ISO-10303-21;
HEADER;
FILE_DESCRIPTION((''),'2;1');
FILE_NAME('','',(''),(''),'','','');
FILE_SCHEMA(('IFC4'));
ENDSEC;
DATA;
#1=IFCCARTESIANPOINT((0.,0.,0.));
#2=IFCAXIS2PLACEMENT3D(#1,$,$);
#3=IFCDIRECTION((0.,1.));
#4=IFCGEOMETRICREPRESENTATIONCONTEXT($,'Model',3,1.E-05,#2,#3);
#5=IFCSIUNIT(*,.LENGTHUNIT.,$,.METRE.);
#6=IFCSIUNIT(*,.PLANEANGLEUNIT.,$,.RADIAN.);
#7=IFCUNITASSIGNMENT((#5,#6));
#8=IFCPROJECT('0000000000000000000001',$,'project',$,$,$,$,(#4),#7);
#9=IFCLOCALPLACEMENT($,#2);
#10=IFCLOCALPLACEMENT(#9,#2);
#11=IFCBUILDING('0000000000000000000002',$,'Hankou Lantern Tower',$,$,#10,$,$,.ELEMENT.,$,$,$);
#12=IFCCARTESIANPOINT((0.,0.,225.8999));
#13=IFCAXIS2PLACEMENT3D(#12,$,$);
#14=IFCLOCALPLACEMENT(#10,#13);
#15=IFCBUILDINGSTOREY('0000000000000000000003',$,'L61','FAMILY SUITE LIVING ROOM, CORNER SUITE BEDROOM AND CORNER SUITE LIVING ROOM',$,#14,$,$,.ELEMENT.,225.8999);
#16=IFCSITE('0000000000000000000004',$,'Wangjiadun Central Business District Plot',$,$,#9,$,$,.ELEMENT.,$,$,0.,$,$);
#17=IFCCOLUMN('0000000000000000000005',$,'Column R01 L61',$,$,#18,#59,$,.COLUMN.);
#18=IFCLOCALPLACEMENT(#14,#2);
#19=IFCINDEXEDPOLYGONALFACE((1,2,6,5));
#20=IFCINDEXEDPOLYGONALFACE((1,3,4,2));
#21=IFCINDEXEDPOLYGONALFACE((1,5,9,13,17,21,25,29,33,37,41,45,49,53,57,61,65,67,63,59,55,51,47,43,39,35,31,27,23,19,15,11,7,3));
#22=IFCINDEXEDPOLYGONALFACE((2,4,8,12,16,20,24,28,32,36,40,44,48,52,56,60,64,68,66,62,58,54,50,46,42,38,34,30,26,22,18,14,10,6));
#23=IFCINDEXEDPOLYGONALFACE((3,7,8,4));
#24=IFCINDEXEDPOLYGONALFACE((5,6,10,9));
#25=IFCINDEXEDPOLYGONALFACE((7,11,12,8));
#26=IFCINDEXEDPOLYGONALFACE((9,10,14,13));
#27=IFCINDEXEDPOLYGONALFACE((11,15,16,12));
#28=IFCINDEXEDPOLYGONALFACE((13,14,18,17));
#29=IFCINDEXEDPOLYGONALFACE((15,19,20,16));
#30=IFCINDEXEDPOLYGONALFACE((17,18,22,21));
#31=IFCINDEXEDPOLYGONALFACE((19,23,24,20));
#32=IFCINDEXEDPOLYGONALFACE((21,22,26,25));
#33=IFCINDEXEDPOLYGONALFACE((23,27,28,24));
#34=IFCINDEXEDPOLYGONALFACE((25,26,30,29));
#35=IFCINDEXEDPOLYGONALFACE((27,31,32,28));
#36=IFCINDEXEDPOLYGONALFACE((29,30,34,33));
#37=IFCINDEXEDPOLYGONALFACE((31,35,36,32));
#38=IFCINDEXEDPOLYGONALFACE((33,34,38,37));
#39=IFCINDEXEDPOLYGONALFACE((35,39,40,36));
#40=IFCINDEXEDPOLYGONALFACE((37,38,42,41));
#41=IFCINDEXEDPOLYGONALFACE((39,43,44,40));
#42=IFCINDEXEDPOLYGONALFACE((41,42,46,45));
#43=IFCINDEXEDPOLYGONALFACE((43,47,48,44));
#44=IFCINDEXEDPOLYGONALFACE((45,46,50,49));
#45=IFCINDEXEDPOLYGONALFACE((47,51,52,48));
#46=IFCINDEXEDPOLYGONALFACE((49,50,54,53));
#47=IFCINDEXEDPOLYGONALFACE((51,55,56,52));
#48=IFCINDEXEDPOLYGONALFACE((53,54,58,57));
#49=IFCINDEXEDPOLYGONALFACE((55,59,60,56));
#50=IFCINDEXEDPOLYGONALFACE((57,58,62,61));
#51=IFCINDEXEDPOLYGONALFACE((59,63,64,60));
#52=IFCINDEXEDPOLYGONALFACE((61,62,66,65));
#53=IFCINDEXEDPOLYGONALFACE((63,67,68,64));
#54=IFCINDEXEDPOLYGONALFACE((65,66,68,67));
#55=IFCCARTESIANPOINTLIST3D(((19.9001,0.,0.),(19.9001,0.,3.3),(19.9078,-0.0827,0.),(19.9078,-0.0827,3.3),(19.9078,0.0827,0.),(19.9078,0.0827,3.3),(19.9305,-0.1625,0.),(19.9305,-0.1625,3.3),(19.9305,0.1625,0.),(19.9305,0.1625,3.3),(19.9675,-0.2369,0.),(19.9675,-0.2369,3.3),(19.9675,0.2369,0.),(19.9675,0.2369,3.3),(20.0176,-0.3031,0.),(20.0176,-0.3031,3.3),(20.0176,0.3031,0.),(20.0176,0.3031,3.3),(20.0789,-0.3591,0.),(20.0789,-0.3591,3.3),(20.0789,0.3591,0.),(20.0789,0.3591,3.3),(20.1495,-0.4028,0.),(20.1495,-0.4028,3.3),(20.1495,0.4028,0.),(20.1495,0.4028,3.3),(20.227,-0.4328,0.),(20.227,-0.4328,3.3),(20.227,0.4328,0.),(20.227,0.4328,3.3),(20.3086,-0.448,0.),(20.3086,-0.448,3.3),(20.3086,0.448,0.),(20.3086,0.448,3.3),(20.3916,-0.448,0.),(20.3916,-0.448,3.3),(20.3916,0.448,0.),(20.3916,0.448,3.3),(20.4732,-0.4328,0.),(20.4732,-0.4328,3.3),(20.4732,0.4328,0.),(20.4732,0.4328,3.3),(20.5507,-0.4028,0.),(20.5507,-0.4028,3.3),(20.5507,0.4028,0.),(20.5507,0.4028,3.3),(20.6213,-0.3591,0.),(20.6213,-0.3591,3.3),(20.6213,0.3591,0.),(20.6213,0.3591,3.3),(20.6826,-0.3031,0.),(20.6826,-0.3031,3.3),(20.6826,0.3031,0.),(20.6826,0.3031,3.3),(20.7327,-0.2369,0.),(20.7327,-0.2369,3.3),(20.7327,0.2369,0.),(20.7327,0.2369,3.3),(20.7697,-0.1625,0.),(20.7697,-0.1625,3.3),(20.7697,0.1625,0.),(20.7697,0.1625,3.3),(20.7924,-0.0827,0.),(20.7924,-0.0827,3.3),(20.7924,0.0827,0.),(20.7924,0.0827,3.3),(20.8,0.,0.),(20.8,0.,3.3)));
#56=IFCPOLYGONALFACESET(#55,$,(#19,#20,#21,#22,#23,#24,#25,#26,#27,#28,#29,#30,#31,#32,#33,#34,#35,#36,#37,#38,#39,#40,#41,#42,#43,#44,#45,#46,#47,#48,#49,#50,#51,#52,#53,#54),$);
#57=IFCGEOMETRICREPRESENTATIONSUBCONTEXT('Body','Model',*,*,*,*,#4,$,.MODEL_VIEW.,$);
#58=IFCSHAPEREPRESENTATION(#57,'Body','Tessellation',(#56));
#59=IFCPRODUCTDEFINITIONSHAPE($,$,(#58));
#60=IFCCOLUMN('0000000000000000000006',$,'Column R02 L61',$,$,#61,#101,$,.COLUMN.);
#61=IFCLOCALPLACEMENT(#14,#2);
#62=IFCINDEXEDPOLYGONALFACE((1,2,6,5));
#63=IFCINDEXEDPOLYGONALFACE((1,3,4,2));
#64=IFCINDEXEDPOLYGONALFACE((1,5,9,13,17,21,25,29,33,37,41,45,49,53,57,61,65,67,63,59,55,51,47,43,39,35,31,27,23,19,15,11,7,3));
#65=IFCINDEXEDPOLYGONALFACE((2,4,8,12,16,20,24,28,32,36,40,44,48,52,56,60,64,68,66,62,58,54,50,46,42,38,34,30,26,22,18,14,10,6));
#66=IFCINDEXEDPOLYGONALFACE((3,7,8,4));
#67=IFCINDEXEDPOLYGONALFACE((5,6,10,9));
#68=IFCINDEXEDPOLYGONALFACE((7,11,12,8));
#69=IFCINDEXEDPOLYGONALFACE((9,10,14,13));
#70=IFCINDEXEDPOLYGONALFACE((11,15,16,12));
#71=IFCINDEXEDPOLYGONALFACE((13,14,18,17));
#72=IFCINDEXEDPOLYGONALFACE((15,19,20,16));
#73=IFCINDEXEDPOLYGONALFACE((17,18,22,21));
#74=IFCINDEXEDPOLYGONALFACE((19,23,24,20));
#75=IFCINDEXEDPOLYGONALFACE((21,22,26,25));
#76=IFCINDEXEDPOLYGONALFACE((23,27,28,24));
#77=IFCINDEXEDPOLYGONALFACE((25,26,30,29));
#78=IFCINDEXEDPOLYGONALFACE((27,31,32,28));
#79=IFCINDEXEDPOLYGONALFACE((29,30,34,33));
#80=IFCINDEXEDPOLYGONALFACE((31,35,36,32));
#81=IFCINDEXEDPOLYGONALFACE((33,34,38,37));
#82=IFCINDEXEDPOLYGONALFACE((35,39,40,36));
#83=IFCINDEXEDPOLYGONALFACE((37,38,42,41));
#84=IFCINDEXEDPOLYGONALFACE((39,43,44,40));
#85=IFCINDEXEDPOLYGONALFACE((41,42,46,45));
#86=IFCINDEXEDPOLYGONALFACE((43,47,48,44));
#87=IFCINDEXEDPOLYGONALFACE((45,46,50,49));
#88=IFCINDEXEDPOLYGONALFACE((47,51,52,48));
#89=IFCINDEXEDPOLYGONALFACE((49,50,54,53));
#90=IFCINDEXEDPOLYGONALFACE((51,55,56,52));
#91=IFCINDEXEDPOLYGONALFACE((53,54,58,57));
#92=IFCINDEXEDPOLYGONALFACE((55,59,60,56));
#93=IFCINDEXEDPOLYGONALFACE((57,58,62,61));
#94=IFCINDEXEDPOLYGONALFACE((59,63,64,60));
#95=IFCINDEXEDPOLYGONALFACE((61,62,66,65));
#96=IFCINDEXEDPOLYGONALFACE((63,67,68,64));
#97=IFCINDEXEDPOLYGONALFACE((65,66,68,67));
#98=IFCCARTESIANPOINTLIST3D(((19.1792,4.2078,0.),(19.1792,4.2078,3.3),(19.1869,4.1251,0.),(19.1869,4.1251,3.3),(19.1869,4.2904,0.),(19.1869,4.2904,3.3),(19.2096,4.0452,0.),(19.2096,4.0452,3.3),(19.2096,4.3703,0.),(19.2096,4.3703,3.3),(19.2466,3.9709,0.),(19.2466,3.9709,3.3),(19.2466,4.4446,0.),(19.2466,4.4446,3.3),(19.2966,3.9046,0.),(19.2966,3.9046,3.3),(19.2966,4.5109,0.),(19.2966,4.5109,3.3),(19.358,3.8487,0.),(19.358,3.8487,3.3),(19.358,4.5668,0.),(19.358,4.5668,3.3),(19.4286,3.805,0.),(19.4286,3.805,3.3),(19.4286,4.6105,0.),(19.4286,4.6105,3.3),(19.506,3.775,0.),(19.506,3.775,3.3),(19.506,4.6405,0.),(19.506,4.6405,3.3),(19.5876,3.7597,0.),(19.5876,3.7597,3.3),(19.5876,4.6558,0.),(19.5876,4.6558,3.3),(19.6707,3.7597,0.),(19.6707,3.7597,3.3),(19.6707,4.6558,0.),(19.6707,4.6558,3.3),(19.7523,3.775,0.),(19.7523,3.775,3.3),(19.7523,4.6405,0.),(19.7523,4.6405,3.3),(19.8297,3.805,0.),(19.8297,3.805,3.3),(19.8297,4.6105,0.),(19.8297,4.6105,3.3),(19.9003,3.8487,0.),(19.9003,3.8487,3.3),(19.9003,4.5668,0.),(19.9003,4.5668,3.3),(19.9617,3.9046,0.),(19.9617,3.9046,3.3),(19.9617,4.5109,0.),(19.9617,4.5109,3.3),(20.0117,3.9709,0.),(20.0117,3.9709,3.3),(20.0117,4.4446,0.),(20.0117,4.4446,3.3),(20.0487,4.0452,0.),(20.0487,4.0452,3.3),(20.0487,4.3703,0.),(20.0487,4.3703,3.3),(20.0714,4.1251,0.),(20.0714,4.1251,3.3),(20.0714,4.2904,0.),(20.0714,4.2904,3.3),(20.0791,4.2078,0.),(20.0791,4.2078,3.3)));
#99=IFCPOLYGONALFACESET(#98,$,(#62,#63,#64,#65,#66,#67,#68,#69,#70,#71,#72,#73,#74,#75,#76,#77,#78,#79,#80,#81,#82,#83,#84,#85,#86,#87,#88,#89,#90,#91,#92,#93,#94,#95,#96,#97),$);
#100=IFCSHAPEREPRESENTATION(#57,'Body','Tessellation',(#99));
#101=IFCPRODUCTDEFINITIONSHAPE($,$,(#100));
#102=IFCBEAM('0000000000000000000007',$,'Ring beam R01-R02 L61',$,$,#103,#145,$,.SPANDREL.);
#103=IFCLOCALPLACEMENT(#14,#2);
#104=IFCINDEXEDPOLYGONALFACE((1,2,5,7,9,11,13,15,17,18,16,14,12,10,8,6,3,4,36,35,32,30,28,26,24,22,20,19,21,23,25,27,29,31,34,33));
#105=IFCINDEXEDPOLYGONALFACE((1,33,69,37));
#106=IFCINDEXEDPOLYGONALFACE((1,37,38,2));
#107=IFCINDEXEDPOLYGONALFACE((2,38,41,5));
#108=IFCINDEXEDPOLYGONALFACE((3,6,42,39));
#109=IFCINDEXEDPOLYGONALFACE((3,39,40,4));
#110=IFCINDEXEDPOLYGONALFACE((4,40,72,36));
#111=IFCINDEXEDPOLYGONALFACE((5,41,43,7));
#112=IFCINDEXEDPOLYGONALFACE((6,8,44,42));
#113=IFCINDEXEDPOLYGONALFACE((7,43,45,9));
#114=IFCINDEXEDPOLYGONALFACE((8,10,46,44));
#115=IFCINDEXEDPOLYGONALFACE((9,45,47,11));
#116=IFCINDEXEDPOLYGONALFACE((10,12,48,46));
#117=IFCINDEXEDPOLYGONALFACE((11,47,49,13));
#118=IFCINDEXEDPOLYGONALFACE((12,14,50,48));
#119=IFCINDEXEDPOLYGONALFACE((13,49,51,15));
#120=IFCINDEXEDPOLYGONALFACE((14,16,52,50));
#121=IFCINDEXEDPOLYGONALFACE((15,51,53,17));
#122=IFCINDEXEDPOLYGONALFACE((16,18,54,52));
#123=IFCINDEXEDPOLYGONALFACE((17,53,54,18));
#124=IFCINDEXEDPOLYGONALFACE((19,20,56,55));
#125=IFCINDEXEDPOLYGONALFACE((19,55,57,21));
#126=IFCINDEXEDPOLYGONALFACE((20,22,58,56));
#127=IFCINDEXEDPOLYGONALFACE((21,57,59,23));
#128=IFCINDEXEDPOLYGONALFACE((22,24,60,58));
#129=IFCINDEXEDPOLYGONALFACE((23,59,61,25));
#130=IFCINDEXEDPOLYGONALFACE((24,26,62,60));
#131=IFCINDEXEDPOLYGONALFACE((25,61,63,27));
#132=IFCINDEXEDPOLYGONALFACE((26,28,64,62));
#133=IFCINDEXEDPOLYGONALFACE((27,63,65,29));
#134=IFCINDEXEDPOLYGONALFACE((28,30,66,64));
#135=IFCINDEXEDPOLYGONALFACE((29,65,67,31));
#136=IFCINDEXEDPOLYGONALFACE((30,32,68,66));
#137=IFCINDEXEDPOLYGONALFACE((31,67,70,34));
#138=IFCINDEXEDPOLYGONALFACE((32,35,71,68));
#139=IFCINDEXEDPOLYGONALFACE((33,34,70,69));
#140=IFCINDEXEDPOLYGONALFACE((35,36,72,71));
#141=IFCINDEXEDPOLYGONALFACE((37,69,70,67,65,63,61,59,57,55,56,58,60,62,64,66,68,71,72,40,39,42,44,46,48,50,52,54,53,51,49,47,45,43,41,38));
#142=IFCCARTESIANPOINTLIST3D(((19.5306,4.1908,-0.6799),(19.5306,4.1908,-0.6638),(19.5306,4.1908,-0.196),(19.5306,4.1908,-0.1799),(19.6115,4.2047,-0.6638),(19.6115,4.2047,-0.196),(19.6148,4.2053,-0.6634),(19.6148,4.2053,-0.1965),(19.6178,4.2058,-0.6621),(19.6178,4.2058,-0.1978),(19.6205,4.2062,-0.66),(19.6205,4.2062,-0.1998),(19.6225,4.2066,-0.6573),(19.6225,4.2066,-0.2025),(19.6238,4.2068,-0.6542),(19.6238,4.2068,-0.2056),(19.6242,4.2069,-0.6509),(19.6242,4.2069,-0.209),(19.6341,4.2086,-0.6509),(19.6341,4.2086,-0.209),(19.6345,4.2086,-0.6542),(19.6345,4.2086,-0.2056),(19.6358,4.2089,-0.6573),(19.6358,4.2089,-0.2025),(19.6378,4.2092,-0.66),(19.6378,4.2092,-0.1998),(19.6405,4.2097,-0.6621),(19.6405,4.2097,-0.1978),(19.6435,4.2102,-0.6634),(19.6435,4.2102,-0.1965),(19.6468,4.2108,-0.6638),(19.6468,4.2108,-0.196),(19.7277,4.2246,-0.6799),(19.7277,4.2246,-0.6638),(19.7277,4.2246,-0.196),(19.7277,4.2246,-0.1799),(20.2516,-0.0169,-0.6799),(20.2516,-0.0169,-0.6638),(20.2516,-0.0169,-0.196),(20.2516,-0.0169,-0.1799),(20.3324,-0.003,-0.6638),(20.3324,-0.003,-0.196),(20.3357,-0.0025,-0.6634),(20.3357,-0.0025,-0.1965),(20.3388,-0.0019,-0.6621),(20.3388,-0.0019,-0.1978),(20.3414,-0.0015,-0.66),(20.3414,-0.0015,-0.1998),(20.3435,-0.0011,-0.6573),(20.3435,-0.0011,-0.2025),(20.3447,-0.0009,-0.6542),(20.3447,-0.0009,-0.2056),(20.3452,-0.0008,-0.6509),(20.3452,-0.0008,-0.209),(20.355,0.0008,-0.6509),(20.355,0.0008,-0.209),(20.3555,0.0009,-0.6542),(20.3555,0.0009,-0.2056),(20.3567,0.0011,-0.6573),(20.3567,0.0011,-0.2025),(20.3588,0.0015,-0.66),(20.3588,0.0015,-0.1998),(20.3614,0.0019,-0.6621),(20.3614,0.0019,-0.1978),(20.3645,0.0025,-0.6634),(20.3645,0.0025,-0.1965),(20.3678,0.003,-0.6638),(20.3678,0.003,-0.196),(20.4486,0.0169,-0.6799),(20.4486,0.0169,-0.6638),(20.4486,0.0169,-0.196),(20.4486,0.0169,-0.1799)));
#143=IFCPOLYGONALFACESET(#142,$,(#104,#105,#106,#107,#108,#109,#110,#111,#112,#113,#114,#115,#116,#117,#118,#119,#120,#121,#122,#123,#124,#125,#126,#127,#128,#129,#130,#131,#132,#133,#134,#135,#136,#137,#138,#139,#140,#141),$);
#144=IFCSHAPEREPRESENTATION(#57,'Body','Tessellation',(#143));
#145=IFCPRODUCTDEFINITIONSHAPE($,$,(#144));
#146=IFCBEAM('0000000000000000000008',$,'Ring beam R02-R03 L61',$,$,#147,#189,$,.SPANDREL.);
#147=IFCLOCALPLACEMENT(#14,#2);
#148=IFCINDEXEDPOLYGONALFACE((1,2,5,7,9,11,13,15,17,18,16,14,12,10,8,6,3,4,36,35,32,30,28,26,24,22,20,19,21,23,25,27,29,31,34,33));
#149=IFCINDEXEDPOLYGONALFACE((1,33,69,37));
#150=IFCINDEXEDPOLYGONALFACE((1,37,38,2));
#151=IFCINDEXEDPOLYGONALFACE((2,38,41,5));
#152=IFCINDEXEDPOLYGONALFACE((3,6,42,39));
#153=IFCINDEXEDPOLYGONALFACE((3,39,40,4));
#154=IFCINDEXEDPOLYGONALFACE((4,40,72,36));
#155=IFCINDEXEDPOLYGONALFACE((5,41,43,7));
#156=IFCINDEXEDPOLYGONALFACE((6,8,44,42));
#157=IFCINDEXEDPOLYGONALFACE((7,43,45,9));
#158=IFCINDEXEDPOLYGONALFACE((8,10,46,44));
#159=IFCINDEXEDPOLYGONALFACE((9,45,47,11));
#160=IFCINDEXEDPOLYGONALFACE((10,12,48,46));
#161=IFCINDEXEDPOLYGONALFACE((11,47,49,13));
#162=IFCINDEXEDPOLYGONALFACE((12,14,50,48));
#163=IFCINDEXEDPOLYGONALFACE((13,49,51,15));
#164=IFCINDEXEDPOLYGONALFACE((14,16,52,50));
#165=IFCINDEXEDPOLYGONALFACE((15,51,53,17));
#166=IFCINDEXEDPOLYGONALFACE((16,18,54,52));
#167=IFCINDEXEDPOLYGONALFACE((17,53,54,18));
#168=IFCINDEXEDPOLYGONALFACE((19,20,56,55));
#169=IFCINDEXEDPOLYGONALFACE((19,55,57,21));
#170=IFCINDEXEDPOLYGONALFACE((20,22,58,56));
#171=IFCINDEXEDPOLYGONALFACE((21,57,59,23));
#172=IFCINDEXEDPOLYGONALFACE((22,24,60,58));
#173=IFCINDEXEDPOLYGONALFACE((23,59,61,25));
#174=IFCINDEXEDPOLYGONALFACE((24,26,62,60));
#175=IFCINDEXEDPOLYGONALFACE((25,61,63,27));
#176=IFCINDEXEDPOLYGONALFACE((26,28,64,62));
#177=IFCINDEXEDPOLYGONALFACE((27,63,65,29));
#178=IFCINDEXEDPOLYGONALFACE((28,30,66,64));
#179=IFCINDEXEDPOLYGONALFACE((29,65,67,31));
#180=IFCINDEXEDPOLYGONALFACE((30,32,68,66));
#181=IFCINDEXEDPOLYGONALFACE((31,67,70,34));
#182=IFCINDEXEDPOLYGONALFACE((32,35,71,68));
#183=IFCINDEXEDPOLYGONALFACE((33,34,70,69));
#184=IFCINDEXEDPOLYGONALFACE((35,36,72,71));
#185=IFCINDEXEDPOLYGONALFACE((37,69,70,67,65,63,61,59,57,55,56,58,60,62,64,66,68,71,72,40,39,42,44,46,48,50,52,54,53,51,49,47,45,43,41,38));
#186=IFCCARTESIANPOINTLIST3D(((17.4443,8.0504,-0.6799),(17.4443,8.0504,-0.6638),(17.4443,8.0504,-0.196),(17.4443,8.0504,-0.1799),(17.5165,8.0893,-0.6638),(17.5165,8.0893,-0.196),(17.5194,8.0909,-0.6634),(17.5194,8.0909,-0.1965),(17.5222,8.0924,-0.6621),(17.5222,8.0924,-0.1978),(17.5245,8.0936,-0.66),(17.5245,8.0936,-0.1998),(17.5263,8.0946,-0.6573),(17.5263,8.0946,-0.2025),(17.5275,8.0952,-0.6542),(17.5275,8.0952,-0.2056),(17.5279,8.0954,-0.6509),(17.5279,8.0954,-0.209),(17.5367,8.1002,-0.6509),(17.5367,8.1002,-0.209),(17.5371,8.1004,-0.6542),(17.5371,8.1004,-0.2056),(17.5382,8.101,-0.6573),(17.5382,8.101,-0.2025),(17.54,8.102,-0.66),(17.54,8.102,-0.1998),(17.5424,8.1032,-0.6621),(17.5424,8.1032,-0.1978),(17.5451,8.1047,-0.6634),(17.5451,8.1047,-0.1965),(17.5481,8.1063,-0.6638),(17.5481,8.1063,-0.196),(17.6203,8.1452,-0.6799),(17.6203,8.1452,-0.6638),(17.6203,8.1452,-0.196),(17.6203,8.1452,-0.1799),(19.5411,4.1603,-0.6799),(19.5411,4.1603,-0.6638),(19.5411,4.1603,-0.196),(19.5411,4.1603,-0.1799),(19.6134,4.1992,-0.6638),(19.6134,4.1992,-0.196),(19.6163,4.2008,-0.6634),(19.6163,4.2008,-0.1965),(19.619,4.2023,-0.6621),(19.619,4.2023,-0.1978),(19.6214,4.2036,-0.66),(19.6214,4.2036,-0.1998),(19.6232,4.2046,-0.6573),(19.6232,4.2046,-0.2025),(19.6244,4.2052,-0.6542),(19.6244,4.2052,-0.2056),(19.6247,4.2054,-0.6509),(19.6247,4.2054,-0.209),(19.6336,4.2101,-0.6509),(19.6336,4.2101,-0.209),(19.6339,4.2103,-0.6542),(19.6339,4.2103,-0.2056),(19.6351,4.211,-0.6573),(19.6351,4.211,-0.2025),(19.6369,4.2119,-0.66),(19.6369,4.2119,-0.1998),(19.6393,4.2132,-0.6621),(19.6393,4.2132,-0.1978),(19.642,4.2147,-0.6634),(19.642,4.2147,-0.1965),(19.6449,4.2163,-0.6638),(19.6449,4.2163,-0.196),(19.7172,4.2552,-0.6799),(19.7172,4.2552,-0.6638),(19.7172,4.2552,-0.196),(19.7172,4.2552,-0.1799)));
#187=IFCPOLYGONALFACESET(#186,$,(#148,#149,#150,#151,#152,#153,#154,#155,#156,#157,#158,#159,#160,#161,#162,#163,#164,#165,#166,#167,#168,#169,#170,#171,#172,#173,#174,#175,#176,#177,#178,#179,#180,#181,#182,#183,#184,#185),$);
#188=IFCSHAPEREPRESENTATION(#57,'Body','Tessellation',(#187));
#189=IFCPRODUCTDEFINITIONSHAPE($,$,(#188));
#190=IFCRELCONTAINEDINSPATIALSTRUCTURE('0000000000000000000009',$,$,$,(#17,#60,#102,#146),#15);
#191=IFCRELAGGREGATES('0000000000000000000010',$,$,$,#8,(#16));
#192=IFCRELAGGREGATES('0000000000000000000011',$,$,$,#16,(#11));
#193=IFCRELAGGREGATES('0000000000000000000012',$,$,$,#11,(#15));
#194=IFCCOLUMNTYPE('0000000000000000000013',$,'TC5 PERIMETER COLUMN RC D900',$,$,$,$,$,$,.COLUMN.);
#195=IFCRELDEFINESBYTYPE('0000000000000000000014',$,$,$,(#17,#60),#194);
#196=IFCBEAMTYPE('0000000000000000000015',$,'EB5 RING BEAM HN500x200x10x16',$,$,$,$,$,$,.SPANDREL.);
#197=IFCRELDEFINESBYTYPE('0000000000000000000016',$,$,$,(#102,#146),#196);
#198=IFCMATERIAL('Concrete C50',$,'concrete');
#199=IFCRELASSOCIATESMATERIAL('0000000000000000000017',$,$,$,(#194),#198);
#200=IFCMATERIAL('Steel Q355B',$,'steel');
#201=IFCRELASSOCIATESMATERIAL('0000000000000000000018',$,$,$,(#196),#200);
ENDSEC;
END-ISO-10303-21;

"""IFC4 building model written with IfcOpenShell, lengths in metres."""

from ifc_helpers import new_model, si_unit, direction, frame, origin, origin_2d, place, context, subcontext, project, spatial, circle, i_section, extrude, material, material_profile, profile_set, type_object, element, save


model = new_model("IFC4")

# Units and contexts
model_context = context("Model", 3, precision=1e-05, world=origin(), true_north=direction((0.0, 1.0)))
body_context = subcontext(model_context, "Body", "Model", "MODEL_VIEW")
ifc_project = project(units=[si_unit("LENGTHUNIT", "METRE"), si_unit("PLANEANGLEUNIT", "RADIAN")], contexts=[model_context])

# Site, building, storey
site_placement = place(None, origin())
site = spatial("IfcSite", under=ifc_project, at=site_placement, Name="Wangjiadun Central Business District Plot", CompositionType="ELEMENT", RefElevation=0.0)
building_placement = place(site_placement, origin())
building = spatial("IfcBuilding", under=site, at=building_placement, Name="Hankou Lantern Tower", CompositionType="ELEMENT")
storey_placement = place(building_placement, frame((0.0, 0.0, 225.8999)))
storey = spatial("IfcBuildingStorey", under=building, at=storey_placement, Name="L61", Description="FAMILY SUITE LIVING ROOM, CORNER SUITE BEDROOM AND CORNER SUITE LIVING ROOM", CompositionType="ELEMENT", Elevation=225.8999)

# Columns
ifc_material_1 = material(Name="Concrete C50", Category="concrete")
ifc_material_profile_1 = material_profile(ifc_material_1, circle(Radius=0.45, at=origin_2d()), Name="RC D900")
ifc_profile_set_1 = profile_set([ifc_material_profile_1], Name="Concrete C50")
column_type = type_object("IfcColumnType", Name="TC5 PERIMETER COLUMN RC D900", PredefinedType="COLUMN", material=ifc_profile_set_1)
for number, where, z_axis, x_axis, name in (
    (1, (20.3501, 0.0, 0.0), (0.0, 0.0, 1.0), (1.0, 0.0, 0.0), "Column R01 L61"),
    (2, (19.6292, 4.2078, 0.0), (0.0, 0.0, 1.0), (1.0, 0.0, 0.0), "Column R02 L61"),
):
    element("IfcColumn", number, at=place(storey_placement, frame(where, z_axis=z_axis, x_axis=x_axis)), inside=storey, type_object=column_type, Name=name, PredefinedType="COLUMN", context=body_context, shape_type="SweptSolid", body=[
        extrude(circle(Radius=0.45, at=origin_2d()), origin(), (0.0, 0.0, 1.0), 3.3),
    ])

# Beams
ifc_material_2 = material(Name="Steel Q355B", Category="steel")
ifc_material_profile_2 = material_profile(ifc_material_2, i_section(OverallWidth=0.2, OverallDepth=0.5, WebThickness=0.01, FlangeThickness=0.0161, FilletRadius=0.0129, at=origin_2d()), Name="HN500x200x10x16")
ifc_profile_set_2 = profile_set([ifc_material_profile_2], Name="Steel Q355B")
beam_type_1 = type_object("IfcBeamType", Name="EB5 RING BEAM HN500x200x10x16", PredefinedType="SPANDREL", material=ifc_profile_set_2)
beam_1_placement = place(storey_placement, frame((20.3501, 0.0, -0.4299), z_axis=(-0.168877, 0.985637, 0.0), x_axis=(-0.985637, -0.168877, 0.0)))
element("IfcBeam", 3, at=beam_1_placement, inside=storey, type_object=beam_type_1, Name="Ring beam R01-R02 L61", PredefinedType="SPANDREL", context=body_context, shape_type="SweptSolid", body=[
    extrude(i_section(OverallWidth=0.2, OverallDepth=0.5, WebThickness=0.01, FlangeThickness=0.0161, FilletRadius=0.0129, at=origin_2d()), origin(), (0.0, 0.0, 1.0), 4.269),
])
beam_2_placement = place(storey_placement, frame((19.6292, 4.2078, -0.4299), z_axis=(-0.474492, 0.88026, 0.0), x_axis=(-0.88026, -0.474492, 0.0)))
element("IfcBeam", 4, at=beam_2_placement, inside=storey, type_object=beam_type_1, Name="Ring beam R02-R03 L61", PredefinedType="SPANDREL", context=body_context, shape_type="SweptSolid", body=[
    extrude(i_section(OverallWidth=0.2, OverallDepth=0.5, WebThickness=0.01, FlangeThickness=0.0161, FilletRadius=0.0129, at=origin_2d()), origin(), (0.0, 0.0, 1.0), 4.4192),
])

save(model, "model.ifc")
